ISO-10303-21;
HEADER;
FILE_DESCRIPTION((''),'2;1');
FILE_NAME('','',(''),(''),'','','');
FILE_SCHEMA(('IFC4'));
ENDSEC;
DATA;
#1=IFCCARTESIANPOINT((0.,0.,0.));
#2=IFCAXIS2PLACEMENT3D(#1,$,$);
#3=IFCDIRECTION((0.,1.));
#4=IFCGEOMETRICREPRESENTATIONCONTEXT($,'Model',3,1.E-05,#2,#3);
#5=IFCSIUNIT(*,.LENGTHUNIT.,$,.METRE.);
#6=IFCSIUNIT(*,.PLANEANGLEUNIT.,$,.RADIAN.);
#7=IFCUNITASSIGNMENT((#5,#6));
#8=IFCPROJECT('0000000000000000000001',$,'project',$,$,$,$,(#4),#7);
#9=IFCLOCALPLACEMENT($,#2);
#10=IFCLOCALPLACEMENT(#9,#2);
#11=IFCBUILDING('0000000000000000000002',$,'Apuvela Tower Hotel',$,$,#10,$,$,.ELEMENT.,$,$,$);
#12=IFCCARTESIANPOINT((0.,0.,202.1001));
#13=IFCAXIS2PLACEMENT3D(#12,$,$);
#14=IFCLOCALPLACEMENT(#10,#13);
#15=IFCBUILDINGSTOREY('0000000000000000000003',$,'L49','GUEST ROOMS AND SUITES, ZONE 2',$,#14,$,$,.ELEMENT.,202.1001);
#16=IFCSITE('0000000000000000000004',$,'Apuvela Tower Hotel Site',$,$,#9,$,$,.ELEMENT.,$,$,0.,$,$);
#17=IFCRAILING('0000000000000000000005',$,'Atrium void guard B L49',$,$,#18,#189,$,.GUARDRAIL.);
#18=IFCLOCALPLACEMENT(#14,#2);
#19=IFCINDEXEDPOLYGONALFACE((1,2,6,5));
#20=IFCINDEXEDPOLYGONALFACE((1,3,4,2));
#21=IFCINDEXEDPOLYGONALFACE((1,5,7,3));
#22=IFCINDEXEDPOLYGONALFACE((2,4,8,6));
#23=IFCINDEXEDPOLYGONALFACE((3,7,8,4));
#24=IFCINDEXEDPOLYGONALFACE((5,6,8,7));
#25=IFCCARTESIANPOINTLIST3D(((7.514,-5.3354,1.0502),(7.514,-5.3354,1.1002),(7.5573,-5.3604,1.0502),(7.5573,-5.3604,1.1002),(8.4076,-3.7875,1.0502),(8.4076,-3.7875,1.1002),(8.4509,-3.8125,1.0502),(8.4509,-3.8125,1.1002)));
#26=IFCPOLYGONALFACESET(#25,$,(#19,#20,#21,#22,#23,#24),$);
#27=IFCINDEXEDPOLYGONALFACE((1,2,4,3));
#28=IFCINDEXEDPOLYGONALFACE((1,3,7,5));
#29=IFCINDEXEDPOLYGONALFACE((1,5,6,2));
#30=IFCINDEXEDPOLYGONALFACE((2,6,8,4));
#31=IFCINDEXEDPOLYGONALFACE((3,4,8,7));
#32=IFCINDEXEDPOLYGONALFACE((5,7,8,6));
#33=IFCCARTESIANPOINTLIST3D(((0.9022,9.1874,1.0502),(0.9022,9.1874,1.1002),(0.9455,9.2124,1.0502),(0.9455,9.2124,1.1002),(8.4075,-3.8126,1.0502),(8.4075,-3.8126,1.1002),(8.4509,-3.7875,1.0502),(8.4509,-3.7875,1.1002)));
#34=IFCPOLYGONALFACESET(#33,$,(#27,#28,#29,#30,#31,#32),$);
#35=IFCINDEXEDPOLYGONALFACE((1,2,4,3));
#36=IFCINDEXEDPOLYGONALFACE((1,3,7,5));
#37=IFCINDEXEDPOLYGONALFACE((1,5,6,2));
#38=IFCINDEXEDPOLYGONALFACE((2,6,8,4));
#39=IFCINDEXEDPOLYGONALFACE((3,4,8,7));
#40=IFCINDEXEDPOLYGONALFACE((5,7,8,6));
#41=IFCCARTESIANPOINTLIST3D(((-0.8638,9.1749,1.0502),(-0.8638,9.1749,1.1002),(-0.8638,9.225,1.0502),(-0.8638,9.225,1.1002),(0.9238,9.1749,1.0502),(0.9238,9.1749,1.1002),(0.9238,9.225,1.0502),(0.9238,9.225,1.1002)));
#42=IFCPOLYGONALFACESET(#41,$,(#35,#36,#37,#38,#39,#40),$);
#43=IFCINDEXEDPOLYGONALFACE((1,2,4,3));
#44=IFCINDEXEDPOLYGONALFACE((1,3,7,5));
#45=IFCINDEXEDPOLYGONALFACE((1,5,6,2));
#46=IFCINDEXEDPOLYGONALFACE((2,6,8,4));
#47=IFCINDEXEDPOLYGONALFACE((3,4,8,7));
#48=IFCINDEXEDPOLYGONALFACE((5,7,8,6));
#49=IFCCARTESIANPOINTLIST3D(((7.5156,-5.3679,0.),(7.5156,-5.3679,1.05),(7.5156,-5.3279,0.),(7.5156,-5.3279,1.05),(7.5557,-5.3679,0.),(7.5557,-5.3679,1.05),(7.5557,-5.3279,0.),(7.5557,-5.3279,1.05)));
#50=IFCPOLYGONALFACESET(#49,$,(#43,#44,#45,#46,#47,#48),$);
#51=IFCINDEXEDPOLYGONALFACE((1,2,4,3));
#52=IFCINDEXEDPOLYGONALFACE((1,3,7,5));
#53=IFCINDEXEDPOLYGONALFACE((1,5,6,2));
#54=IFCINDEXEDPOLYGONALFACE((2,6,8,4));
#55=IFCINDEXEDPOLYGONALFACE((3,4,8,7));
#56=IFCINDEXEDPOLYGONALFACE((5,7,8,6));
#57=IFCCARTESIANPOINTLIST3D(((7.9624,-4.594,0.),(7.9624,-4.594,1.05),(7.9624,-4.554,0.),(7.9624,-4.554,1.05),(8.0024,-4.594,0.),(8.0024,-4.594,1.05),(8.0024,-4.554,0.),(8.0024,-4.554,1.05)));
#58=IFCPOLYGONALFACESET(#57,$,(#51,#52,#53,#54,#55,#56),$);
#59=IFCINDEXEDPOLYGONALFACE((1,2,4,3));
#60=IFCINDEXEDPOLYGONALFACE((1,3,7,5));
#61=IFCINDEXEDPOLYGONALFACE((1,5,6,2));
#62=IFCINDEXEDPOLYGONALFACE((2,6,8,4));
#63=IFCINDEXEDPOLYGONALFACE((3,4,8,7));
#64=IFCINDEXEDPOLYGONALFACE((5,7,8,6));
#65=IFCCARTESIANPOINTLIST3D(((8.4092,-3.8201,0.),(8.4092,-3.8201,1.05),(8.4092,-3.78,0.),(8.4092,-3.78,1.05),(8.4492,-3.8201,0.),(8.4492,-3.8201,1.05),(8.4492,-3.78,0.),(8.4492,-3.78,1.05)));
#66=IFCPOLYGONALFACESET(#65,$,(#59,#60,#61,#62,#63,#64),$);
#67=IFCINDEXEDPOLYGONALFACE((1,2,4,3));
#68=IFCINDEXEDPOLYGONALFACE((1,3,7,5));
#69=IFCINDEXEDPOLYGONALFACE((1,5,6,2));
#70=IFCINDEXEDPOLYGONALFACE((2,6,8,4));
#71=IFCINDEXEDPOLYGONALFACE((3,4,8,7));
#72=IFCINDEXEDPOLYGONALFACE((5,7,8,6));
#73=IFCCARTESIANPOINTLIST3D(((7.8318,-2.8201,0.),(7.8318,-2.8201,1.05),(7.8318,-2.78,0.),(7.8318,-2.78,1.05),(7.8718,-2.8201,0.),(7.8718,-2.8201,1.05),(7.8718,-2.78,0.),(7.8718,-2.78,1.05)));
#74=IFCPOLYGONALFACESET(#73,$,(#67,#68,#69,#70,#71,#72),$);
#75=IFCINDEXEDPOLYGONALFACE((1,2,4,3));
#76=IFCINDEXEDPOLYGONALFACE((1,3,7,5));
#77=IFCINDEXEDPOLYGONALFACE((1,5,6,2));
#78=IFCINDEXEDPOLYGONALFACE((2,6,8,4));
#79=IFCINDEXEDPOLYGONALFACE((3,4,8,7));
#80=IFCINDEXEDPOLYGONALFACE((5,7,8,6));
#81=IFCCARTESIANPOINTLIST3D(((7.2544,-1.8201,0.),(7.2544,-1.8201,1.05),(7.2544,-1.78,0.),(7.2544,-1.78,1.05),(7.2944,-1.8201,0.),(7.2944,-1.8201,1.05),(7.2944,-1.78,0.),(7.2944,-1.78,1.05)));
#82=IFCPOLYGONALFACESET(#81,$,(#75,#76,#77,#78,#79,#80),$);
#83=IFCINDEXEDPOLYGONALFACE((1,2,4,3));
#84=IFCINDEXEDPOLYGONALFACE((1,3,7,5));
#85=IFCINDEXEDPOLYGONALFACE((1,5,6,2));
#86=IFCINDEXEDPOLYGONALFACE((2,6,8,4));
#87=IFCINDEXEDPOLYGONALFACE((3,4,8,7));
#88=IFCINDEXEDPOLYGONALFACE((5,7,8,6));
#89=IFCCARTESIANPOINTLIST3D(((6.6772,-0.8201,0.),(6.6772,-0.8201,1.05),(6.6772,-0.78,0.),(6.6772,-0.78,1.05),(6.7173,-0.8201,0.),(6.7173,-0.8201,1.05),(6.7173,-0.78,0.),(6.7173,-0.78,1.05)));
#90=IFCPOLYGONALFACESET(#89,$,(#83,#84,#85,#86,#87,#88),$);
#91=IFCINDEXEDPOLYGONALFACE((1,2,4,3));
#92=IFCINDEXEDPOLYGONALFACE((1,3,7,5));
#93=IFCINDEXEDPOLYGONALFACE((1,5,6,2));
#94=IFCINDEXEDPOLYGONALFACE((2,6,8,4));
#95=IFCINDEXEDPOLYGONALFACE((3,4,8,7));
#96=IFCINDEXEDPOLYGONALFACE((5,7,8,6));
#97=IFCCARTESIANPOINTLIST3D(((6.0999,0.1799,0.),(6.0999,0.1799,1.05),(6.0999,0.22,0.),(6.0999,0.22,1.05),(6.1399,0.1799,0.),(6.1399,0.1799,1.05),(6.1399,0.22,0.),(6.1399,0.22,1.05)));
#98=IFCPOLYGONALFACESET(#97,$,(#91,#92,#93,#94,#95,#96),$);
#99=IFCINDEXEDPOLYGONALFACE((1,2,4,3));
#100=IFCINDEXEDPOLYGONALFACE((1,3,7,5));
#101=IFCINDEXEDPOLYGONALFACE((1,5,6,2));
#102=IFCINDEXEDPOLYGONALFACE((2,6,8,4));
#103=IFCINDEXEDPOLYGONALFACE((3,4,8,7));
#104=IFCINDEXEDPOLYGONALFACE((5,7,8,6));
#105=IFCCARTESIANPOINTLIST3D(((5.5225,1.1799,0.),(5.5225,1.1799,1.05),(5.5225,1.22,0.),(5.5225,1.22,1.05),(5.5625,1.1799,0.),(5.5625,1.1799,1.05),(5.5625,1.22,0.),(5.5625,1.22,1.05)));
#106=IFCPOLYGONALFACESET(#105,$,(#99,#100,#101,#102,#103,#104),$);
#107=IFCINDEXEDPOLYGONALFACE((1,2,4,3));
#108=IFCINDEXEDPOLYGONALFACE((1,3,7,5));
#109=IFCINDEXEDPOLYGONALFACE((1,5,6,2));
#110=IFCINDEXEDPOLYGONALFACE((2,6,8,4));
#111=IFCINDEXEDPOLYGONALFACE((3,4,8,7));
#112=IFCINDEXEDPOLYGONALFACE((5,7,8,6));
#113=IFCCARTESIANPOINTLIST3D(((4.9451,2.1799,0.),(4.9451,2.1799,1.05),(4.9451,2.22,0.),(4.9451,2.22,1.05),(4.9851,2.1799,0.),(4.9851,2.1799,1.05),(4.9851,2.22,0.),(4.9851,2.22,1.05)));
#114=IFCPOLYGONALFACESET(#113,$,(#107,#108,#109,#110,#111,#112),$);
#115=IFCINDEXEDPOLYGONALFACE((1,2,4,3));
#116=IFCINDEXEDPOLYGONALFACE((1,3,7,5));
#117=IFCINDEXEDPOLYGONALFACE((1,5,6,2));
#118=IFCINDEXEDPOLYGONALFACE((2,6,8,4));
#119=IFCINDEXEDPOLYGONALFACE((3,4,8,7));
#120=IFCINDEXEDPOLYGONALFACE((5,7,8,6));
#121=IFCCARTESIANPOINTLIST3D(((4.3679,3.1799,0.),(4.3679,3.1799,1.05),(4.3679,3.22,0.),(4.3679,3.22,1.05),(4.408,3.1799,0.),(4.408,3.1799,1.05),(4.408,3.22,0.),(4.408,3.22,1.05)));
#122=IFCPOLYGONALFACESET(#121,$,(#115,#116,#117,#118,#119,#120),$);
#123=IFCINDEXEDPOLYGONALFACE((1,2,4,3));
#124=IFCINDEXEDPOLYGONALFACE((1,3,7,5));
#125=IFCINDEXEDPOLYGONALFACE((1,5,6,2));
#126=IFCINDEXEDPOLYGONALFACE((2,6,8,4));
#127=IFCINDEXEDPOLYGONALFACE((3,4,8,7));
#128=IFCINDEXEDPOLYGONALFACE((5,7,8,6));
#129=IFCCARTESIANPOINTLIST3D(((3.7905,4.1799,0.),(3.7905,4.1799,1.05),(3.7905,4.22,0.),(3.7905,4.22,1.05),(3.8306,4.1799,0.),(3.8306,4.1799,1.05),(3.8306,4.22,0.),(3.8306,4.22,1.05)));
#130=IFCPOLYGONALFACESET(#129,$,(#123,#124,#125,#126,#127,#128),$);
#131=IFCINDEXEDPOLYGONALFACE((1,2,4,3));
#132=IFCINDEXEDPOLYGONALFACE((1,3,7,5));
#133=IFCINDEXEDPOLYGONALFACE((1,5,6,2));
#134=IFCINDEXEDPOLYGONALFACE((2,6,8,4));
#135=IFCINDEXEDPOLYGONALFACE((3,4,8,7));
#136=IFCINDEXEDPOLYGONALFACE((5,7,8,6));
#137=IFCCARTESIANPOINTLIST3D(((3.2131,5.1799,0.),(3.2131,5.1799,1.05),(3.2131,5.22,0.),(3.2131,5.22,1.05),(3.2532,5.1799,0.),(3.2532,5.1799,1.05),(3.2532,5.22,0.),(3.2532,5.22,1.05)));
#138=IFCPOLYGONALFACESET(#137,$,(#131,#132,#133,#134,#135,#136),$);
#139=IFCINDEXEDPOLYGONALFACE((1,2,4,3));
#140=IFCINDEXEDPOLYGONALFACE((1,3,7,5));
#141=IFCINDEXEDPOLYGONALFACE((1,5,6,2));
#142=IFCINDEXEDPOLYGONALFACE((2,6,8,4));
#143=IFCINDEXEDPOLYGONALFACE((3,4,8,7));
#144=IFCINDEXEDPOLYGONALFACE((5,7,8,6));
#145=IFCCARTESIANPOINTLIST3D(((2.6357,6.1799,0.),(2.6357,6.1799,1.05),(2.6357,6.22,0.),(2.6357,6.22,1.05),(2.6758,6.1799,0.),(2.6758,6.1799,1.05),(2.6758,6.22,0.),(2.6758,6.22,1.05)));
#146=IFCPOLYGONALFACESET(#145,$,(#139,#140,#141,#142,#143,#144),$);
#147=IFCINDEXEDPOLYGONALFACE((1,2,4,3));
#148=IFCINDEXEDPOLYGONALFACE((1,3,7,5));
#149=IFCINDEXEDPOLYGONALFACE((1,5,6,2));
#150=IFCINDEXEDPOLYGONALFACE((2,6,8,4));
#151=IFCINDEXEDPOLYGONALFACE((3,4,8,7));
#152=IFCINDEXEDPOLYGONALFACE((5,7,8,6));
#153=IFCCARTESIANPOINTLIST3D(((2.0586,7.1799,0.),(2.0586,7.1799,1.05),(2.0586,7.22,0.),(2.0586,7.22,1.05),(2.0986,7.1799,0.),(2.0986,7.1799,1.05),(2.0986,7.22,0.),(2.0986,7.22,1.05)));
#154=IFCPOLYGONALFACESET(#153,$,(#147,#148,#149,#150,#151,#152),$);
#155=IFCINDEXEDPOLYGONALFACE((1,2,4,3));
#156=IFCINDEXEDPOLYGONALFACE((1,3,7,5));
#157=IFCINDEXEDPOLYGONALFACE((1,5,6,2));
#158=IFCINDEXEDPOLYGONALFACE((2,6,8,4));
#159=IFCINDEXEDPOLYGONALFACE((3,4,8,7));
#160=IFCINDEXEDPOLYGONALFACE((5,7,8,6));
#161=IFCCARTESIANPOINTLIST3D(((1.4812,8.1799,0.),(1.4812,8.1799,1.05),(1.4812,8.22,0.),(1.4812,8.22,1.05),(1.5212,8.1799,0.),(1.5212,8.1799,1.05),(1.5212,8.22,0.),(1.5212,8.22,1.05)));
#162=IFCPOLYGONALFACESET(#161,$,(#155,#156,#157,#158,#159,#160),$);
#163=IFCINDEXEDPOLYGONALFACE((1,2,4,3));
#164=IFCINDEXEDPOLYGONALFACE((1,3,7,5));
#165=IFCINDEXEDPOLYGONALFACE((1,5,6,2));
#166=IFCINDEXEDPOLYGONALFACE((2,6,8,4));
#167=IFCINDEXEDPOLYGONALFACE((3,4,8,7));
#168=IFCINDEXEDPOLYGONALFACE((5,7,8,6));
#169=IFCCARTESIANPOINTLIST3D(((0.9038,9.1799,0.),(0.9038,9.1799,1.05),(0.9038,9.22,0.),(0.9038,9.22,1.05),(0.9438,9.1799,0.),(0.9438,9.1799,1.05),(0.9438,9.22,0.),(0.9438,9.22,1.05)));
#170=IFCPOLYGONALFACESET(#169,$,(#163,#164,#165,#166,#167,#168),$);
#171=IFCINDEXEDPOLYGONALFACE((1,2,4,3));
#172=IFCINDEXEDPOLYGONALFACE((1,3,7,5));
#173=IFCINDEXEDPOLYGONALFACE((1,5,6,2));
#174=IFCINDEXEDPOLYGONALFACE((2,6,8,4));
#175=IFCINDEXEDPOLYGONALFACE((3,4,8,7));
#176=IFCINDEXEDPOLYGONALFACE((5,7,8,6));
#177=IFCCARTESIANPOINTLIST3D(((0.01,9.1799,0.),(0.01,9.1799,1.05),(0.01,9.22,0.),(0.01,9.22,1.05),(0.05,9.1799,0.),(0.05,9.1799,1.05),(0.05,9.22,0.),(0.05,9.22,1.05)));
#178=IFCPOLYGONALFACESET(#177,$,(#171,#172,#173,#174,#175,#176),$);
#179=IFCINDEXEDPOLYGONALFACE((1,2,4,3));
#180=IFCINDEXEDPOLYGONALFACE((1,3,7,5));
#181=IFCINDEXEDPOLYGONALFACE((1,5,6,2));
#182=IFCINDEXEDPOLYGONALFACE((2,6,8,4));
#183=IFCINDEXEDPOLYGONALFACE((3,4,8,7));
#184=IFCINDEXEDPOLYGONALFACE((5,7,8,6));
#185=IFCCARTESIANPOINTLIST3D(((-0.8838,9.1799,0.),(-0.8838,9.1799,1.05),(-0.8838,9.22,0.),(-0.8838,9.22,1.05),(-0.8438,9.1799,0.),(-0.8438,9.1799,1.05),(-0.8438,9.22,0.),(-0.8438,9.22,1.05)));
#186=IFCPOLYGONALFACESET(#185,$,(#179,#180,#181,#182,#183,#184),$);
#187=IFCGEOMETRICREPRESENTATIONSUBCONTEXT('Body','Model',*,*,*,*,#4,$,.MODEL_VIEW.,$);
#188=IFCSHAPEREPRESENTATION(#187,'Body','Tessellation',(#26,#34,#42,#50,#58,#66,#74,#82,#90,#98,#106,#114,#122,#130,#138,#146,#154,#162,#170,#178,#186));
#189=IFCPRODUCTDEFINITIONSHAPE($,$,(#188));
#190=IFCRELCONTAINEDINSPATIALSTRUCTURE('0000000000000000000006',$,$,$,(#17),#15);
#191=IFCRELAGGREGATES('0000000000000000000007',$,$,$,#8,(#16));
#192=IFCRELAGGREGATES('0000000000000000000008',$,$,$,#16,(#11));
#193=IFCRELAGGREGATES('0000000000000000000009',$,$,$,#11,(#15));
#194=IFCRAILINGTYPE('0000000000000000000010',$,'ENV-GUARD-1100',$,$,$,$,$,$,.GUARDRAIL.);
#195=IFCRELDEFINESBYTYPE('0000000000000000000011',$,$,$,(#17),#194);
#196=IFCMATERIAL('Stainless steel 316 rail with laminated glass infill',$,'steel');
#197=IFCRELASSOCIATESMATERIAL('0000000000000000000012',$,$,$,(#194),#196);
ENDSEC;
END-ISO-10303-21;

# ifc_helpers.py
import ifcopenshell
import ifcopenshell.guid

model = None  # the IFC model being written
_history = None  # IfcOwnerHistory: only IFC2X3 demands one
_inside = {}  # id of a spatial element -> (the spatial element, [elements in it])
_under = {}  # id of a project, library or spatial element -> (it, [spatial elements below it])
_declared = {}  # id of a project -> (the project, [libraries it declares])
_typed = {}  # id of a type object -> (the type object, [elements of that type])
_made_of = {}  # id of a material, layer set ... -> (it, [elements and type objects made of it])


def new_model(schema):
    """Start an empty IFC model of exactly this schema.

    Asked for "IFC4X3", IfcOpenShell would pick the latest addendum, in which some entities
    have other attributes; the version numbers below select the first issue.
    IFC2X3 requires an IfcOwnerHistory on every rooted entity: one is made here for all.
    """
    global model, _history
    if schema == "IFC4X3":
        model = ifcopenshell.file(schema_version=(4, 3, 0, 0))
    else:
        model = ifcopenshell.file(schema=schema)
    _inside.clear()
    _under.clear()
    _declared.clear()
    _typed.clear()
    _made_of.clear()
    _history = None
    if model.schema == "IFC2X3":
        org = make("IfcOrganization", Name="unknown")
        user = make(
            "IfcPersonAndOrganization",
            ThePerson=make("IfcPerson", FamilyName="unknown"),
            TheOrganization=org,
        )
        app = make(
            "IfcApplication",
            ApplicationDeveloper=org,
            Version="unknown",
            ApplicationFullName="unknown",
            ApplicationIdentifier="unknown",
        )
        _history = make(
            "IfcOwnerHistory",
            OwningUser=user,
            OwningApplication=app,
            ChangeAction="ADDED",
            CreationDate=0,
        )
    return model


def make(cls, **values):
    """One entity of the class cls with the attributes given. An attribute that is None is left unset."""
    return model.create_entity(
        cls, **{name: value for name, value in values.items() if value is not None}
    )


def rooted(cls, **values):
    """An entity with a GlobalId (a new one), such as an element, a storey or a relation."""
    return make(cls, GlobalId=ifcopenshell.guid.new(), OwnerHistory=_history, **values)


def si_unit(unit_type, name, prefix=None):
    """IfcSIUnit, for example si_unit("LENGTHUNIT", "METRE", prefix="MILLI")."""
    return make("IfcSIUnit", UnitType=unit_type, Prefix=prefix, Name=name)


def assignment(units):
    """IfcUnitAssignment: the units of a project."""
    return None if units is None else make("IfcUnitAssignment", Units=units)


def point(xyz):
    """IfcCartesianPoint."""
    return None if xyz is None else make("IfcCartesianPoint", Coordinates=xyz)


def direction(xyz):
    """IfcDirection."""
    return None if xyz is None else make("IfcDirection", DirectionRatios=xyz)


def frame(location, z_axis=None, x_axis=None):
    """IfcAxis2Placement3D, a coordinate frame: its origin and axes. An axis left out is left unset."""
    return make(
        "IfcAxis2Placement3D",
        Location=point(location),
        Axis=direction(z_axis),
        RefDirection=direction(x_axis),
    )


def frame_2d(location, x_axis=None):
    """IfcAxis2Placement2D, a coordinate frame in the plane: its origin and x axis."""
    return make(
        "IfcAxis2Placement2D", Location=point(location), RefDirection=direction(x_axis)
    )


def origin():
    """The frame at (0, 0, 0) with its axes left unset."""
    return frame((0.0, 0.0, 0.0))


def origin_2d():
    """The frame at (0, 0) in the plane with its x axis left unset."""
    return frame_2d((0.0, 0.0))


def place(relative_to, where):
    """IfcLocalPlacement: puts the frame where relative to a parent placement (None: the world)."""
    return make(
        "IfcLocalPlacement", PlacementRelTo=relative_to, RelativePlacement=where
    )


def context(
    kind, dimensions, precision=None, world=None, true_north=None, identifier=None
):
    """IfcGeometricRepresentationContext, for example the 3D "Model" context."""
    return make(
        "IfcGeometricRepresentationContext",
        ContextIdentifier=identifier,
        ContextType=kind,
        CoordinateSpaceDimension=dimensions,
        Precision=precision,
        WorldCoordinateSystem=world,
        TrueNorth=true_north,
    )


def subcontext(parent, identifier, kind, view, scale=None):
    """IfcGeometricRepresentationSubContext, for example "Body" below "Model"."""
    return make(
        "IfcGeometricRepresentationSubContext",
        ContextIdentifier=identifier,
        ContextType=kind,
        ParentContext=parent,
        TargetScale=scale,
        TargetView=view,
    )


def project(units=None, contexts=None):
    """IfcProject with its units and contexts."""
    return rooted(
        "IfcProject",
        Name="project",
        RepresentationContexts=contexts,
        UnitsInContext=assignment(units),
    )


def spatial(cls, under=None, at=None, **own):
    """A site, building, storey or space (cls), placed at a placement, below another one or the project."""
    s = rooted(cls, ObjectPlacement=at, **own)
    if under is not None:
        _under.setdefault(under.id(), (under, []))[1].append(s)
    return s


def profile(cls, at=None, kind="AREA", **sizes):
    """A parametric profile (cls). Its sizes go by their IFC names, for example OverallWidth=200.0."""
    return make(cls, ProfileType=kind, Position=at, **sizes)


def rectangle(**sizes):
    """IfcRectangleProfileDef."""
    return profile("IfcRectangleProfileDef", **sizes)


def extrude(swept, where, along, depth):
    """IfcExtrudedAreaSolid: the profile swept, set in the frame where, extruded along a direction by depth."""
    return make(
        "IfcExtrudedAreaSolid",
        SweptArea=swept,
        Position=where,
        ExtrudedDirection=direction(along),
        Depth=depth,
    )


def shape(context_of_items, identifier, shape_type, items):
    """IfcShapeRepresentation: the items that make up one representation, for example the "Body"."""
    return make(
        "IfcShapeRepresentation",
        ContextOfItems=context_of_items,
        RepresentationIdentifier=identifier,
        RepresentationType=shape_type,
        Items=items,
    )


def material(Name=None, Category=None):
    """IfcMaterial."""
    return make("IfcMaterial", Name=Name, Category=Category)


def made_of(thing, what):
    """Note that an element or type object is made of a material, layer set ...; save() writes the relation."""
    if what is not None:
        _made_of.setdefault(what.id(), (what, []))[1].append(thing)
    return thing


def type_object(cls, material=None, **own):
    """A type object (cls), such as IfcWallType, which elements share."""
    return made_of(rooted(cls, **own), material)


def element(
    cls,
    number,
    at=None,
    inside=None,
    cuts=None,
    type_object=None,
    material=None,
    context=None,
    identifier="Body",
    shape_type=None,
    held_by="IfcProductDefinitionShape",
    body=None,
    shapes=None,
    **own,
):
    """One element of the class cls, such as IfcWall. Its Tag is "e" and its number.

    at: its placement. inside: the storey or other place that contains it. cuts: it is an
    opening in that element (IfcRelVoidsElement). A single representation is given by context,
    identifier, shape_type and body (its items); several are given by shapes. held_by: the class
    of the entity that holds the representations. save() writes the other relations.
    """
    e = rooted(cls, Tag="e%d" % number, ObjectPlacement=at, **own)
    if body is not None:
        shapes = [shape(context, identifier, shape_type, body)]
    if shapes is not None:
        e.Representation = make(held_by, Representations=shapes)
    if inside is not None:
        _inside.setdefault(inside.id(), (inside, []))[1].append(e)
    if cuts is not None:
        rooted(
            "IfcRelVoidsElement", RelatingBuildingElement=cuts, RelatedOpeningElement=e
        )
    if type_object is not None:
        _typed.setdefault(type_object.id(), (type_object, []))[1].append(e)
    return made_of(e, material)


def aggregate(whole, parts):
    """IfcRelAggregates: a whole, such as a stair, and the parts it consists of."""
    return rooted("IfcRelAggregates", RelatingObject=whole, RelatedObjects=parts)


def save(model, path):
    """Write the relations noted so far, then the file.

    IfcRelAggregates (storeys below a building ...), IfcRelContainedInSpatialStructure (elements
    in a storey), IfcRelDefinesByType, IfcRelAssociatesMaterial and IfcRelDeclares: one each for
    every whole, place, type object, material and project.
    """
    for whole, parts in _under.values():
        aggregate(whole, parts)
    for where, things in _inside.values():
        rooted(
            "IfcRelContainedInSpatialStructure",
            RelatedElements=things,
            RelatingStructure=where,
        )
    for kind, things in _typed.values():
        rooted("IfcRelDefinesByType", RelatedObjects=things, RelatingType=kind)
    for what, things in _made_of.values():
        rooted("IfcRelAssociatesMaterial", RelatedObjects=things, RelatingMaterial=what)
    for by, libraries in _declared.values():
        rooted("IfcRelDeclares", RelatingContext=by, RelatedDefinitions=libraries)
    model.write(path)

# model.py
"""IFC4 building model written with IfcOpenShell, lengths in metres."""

from ifc_helpers import new_model, si_unit, direction, frame, origin, origin_2d, place, context, subcontext, project, spatial, rectangle, extrude, material, type_object, element, save


model = new_model("IFC4")

# Units and contexts
model_context = context("Model", 3, precision=1e-05, world=origin(), true_north=direction((0.0, 1.0)))
body_context = subcontext(model_context, "Body", "Model", "MODEL_VIEW")
ifc_project = project(units=[si_unit("LENGTHUNIT", "METRE"), si_unit("PLANEANGLEUNIT", "RADIAN")], contexts=[model_context])

# Site, building, storey
site_placement = place(None, origin())
site = spatial("IfcSite", under=ifc_project, at=site_placement, Name="Apuvela Tower Hotel Site", CompositionType="ELEMENT", RefElevation=0.0)
building_placement = place(site_placement, origin())
building = spatial("IfcBuilding", under=site, at=building_placement, Name="Apuvela Tower Hotel", CompositionType="ELEMENT")
storey_placement = place(building_placement, frame((0.0, 0.0, 202.1001)))
storey = spatial("IfcBuildingStorey", under=building, at=storey_placement, Name="L49", Description="GUEST ROOMS AND SUITES, ZONE 2", CompositionType="ELEMENT", Elevation=202.1001)

# Railing
ifc_material_1 = material(Name="Stainless steel 316 rail with laminated glass infill", Category="steel")
railing_type_1 = type_object("IfcRailingType", Name="ENV-GUARD-1100", PredefinedType="GUARDRAIL", material=ifc_material_1)
railing_1_placement = place(storey_placement, frame((7.5356, -5.3479, 0.0)))
element("IfcRailing", 1, at=railing_1_placement, inside=storey, type_object=railing_type_1, Name="Atrium void guard B L49", PredefinedType="GUARDRAIL", context=body_context, shape_type="SweptSolid", body=[
    extrude(rectangle(XDim=0.05, YDim=0.05, at=origin_2d()), frame((0.0, 0.0, 1.0752), z_axis=(0.499959, 0.866049, 0.0), x_axis=(-0.866049, 0.499959, 0.0)), (0.0, 0.0, 1.0), 1.7874),
    extrude(rectangle(XDim=0.05, YDim=0.05, at=origin_2d()), frame((0.8936, 1.5479, 1.0752), z_axis=(-0.499991, 0.866031, 0.0), x_axis=(-0.866031, -0.499991, 0.0)), (0.0, 0.0, 1.0), 15.011),
    extrude(rectangle(XDim=0.05, YDim=0.05, at=origin_2d()), frame((-6.6118, 14.5479, 1.0752), z_axis=(-1.0, 0.0, 0.0), x_axis=(0.0, -1.0, 0.0)), (0.0, 0.0, 1.0), 1.7876),
    extrude(rectangle(XDim=0.04, YDim=0.04, at=origin_2d()), origin(), (0.0, 0.0, 1.0), 1.05),
    extrude(rectangle(XDim=0.04, YDim=0.04, at=origin_2d()), frame((0.4468, 0.7739, 0.0)), (0.0, 0.0, 1.0), 1.05),
    extrude(rectangle(XDim=0.04, YDim=0.04, at=origin_2d()), frame((0.8936, 1.5479, 0.0)), (0.0, 0.0, 1.0), 1.05),
    extrude(rectangle(XDim=0.04, YDim=0.04, at=origin_2d()), frame((0.3162, 2.5479, 0.0)), (0.0, 0.0, 1.0), 1.05),
    extrude(rectangle(XDim=0.04, YDim=0.04, at=origin_2d()), frame((-0.2612, 3.5479, 0.0)), (0.0, 0.0, 1.0), 1.05),
    extrude(rectangle(XDim=0.04, YDim=0.04, at=origin_2d()), frame((-0.8384, 4.5479, 0.0)), (0.0, 0.0, 1.0), 1.05),
    extrude(rectangle(XDim=0.04, YDim=0.04, at=origin_2d()), frame((-1.4158, 5.5479, 0.0)), (0.0, 0.0, 1.0), 1.05),
    extrude(rectangle(XDim=0.04, YDim=0.04, at=origin_2d()), frame((-1.9932, 6.5479, 0.0)), (0.0, 0.0, 1.0), 1.05),
    extrude(rectangle(XDim=0.04, YDim=0.04, at=origin_2d()), frame((-2.5706, 7.5479, 0.0)), (0.0, 0.0, 1.0), 1.05),
    extrude(rectangle(XDim=0.04, YDim=0.04, at=origin_2d()), frame((-3.1477, 8.5479, 0.0)), (0.0, 0.0, 1.0), 1.05),
    extrude(rectangle(XDim=0.04, YDim=0.04, at=origin_2d()), frame((-3.7251, 9.5479, 0.0)), (0.0, 0.0, 1.0), 1.05),
    extrude(rectangle(XDim=0.04, YDim=0.04, at=origin_2d()), frame((-4.3025, 10.5479, 0.0)), (0.0, 0.0, 1.0), 1.05),
    extrude(rectangle(XDim=0.04, YDim=0.04, at=origin_2d()), frame((-4.8799, 11.5479, 0.0)), (0.0, 0.0, 1.0), 1.05),
    extrude(rectangle(XDim=0.04, YDim=0.04, at=origin_2d()), frame((-5.457, 12.5479, 0.0)), (0.0, 0.0, 1.0), 1.05),
    extrude(rectangle(XDim=0.04, YDim=0.04, at=origin_2d()), frame((-6.0344, 13.5479, 0.0)), (0.0, 0.0, 1.0), 1.05),
    extrude(rectangle(XDim=0.04, YDim=0.04, at=origin_2d()), frame((-6.6118, 14.5479, 0.0)), (0.0, 0.0, 1.0), 1.05),
    extrude(rectangle(XDim=0.04, YDim=0.04, at=origin_2d()), frame((-7.5056, 14.5479, 0.0)), (0.0, 0.0, 1.0), 1.05),
    extrude(rectangle(XDim=0.04, YDim=0.04, at=origin_2d()), frame((-8.3994, 14.5479, 0.0)), (0.0, 0.0, 1.0), 1.05),
])

save(model, "model.ifc")
